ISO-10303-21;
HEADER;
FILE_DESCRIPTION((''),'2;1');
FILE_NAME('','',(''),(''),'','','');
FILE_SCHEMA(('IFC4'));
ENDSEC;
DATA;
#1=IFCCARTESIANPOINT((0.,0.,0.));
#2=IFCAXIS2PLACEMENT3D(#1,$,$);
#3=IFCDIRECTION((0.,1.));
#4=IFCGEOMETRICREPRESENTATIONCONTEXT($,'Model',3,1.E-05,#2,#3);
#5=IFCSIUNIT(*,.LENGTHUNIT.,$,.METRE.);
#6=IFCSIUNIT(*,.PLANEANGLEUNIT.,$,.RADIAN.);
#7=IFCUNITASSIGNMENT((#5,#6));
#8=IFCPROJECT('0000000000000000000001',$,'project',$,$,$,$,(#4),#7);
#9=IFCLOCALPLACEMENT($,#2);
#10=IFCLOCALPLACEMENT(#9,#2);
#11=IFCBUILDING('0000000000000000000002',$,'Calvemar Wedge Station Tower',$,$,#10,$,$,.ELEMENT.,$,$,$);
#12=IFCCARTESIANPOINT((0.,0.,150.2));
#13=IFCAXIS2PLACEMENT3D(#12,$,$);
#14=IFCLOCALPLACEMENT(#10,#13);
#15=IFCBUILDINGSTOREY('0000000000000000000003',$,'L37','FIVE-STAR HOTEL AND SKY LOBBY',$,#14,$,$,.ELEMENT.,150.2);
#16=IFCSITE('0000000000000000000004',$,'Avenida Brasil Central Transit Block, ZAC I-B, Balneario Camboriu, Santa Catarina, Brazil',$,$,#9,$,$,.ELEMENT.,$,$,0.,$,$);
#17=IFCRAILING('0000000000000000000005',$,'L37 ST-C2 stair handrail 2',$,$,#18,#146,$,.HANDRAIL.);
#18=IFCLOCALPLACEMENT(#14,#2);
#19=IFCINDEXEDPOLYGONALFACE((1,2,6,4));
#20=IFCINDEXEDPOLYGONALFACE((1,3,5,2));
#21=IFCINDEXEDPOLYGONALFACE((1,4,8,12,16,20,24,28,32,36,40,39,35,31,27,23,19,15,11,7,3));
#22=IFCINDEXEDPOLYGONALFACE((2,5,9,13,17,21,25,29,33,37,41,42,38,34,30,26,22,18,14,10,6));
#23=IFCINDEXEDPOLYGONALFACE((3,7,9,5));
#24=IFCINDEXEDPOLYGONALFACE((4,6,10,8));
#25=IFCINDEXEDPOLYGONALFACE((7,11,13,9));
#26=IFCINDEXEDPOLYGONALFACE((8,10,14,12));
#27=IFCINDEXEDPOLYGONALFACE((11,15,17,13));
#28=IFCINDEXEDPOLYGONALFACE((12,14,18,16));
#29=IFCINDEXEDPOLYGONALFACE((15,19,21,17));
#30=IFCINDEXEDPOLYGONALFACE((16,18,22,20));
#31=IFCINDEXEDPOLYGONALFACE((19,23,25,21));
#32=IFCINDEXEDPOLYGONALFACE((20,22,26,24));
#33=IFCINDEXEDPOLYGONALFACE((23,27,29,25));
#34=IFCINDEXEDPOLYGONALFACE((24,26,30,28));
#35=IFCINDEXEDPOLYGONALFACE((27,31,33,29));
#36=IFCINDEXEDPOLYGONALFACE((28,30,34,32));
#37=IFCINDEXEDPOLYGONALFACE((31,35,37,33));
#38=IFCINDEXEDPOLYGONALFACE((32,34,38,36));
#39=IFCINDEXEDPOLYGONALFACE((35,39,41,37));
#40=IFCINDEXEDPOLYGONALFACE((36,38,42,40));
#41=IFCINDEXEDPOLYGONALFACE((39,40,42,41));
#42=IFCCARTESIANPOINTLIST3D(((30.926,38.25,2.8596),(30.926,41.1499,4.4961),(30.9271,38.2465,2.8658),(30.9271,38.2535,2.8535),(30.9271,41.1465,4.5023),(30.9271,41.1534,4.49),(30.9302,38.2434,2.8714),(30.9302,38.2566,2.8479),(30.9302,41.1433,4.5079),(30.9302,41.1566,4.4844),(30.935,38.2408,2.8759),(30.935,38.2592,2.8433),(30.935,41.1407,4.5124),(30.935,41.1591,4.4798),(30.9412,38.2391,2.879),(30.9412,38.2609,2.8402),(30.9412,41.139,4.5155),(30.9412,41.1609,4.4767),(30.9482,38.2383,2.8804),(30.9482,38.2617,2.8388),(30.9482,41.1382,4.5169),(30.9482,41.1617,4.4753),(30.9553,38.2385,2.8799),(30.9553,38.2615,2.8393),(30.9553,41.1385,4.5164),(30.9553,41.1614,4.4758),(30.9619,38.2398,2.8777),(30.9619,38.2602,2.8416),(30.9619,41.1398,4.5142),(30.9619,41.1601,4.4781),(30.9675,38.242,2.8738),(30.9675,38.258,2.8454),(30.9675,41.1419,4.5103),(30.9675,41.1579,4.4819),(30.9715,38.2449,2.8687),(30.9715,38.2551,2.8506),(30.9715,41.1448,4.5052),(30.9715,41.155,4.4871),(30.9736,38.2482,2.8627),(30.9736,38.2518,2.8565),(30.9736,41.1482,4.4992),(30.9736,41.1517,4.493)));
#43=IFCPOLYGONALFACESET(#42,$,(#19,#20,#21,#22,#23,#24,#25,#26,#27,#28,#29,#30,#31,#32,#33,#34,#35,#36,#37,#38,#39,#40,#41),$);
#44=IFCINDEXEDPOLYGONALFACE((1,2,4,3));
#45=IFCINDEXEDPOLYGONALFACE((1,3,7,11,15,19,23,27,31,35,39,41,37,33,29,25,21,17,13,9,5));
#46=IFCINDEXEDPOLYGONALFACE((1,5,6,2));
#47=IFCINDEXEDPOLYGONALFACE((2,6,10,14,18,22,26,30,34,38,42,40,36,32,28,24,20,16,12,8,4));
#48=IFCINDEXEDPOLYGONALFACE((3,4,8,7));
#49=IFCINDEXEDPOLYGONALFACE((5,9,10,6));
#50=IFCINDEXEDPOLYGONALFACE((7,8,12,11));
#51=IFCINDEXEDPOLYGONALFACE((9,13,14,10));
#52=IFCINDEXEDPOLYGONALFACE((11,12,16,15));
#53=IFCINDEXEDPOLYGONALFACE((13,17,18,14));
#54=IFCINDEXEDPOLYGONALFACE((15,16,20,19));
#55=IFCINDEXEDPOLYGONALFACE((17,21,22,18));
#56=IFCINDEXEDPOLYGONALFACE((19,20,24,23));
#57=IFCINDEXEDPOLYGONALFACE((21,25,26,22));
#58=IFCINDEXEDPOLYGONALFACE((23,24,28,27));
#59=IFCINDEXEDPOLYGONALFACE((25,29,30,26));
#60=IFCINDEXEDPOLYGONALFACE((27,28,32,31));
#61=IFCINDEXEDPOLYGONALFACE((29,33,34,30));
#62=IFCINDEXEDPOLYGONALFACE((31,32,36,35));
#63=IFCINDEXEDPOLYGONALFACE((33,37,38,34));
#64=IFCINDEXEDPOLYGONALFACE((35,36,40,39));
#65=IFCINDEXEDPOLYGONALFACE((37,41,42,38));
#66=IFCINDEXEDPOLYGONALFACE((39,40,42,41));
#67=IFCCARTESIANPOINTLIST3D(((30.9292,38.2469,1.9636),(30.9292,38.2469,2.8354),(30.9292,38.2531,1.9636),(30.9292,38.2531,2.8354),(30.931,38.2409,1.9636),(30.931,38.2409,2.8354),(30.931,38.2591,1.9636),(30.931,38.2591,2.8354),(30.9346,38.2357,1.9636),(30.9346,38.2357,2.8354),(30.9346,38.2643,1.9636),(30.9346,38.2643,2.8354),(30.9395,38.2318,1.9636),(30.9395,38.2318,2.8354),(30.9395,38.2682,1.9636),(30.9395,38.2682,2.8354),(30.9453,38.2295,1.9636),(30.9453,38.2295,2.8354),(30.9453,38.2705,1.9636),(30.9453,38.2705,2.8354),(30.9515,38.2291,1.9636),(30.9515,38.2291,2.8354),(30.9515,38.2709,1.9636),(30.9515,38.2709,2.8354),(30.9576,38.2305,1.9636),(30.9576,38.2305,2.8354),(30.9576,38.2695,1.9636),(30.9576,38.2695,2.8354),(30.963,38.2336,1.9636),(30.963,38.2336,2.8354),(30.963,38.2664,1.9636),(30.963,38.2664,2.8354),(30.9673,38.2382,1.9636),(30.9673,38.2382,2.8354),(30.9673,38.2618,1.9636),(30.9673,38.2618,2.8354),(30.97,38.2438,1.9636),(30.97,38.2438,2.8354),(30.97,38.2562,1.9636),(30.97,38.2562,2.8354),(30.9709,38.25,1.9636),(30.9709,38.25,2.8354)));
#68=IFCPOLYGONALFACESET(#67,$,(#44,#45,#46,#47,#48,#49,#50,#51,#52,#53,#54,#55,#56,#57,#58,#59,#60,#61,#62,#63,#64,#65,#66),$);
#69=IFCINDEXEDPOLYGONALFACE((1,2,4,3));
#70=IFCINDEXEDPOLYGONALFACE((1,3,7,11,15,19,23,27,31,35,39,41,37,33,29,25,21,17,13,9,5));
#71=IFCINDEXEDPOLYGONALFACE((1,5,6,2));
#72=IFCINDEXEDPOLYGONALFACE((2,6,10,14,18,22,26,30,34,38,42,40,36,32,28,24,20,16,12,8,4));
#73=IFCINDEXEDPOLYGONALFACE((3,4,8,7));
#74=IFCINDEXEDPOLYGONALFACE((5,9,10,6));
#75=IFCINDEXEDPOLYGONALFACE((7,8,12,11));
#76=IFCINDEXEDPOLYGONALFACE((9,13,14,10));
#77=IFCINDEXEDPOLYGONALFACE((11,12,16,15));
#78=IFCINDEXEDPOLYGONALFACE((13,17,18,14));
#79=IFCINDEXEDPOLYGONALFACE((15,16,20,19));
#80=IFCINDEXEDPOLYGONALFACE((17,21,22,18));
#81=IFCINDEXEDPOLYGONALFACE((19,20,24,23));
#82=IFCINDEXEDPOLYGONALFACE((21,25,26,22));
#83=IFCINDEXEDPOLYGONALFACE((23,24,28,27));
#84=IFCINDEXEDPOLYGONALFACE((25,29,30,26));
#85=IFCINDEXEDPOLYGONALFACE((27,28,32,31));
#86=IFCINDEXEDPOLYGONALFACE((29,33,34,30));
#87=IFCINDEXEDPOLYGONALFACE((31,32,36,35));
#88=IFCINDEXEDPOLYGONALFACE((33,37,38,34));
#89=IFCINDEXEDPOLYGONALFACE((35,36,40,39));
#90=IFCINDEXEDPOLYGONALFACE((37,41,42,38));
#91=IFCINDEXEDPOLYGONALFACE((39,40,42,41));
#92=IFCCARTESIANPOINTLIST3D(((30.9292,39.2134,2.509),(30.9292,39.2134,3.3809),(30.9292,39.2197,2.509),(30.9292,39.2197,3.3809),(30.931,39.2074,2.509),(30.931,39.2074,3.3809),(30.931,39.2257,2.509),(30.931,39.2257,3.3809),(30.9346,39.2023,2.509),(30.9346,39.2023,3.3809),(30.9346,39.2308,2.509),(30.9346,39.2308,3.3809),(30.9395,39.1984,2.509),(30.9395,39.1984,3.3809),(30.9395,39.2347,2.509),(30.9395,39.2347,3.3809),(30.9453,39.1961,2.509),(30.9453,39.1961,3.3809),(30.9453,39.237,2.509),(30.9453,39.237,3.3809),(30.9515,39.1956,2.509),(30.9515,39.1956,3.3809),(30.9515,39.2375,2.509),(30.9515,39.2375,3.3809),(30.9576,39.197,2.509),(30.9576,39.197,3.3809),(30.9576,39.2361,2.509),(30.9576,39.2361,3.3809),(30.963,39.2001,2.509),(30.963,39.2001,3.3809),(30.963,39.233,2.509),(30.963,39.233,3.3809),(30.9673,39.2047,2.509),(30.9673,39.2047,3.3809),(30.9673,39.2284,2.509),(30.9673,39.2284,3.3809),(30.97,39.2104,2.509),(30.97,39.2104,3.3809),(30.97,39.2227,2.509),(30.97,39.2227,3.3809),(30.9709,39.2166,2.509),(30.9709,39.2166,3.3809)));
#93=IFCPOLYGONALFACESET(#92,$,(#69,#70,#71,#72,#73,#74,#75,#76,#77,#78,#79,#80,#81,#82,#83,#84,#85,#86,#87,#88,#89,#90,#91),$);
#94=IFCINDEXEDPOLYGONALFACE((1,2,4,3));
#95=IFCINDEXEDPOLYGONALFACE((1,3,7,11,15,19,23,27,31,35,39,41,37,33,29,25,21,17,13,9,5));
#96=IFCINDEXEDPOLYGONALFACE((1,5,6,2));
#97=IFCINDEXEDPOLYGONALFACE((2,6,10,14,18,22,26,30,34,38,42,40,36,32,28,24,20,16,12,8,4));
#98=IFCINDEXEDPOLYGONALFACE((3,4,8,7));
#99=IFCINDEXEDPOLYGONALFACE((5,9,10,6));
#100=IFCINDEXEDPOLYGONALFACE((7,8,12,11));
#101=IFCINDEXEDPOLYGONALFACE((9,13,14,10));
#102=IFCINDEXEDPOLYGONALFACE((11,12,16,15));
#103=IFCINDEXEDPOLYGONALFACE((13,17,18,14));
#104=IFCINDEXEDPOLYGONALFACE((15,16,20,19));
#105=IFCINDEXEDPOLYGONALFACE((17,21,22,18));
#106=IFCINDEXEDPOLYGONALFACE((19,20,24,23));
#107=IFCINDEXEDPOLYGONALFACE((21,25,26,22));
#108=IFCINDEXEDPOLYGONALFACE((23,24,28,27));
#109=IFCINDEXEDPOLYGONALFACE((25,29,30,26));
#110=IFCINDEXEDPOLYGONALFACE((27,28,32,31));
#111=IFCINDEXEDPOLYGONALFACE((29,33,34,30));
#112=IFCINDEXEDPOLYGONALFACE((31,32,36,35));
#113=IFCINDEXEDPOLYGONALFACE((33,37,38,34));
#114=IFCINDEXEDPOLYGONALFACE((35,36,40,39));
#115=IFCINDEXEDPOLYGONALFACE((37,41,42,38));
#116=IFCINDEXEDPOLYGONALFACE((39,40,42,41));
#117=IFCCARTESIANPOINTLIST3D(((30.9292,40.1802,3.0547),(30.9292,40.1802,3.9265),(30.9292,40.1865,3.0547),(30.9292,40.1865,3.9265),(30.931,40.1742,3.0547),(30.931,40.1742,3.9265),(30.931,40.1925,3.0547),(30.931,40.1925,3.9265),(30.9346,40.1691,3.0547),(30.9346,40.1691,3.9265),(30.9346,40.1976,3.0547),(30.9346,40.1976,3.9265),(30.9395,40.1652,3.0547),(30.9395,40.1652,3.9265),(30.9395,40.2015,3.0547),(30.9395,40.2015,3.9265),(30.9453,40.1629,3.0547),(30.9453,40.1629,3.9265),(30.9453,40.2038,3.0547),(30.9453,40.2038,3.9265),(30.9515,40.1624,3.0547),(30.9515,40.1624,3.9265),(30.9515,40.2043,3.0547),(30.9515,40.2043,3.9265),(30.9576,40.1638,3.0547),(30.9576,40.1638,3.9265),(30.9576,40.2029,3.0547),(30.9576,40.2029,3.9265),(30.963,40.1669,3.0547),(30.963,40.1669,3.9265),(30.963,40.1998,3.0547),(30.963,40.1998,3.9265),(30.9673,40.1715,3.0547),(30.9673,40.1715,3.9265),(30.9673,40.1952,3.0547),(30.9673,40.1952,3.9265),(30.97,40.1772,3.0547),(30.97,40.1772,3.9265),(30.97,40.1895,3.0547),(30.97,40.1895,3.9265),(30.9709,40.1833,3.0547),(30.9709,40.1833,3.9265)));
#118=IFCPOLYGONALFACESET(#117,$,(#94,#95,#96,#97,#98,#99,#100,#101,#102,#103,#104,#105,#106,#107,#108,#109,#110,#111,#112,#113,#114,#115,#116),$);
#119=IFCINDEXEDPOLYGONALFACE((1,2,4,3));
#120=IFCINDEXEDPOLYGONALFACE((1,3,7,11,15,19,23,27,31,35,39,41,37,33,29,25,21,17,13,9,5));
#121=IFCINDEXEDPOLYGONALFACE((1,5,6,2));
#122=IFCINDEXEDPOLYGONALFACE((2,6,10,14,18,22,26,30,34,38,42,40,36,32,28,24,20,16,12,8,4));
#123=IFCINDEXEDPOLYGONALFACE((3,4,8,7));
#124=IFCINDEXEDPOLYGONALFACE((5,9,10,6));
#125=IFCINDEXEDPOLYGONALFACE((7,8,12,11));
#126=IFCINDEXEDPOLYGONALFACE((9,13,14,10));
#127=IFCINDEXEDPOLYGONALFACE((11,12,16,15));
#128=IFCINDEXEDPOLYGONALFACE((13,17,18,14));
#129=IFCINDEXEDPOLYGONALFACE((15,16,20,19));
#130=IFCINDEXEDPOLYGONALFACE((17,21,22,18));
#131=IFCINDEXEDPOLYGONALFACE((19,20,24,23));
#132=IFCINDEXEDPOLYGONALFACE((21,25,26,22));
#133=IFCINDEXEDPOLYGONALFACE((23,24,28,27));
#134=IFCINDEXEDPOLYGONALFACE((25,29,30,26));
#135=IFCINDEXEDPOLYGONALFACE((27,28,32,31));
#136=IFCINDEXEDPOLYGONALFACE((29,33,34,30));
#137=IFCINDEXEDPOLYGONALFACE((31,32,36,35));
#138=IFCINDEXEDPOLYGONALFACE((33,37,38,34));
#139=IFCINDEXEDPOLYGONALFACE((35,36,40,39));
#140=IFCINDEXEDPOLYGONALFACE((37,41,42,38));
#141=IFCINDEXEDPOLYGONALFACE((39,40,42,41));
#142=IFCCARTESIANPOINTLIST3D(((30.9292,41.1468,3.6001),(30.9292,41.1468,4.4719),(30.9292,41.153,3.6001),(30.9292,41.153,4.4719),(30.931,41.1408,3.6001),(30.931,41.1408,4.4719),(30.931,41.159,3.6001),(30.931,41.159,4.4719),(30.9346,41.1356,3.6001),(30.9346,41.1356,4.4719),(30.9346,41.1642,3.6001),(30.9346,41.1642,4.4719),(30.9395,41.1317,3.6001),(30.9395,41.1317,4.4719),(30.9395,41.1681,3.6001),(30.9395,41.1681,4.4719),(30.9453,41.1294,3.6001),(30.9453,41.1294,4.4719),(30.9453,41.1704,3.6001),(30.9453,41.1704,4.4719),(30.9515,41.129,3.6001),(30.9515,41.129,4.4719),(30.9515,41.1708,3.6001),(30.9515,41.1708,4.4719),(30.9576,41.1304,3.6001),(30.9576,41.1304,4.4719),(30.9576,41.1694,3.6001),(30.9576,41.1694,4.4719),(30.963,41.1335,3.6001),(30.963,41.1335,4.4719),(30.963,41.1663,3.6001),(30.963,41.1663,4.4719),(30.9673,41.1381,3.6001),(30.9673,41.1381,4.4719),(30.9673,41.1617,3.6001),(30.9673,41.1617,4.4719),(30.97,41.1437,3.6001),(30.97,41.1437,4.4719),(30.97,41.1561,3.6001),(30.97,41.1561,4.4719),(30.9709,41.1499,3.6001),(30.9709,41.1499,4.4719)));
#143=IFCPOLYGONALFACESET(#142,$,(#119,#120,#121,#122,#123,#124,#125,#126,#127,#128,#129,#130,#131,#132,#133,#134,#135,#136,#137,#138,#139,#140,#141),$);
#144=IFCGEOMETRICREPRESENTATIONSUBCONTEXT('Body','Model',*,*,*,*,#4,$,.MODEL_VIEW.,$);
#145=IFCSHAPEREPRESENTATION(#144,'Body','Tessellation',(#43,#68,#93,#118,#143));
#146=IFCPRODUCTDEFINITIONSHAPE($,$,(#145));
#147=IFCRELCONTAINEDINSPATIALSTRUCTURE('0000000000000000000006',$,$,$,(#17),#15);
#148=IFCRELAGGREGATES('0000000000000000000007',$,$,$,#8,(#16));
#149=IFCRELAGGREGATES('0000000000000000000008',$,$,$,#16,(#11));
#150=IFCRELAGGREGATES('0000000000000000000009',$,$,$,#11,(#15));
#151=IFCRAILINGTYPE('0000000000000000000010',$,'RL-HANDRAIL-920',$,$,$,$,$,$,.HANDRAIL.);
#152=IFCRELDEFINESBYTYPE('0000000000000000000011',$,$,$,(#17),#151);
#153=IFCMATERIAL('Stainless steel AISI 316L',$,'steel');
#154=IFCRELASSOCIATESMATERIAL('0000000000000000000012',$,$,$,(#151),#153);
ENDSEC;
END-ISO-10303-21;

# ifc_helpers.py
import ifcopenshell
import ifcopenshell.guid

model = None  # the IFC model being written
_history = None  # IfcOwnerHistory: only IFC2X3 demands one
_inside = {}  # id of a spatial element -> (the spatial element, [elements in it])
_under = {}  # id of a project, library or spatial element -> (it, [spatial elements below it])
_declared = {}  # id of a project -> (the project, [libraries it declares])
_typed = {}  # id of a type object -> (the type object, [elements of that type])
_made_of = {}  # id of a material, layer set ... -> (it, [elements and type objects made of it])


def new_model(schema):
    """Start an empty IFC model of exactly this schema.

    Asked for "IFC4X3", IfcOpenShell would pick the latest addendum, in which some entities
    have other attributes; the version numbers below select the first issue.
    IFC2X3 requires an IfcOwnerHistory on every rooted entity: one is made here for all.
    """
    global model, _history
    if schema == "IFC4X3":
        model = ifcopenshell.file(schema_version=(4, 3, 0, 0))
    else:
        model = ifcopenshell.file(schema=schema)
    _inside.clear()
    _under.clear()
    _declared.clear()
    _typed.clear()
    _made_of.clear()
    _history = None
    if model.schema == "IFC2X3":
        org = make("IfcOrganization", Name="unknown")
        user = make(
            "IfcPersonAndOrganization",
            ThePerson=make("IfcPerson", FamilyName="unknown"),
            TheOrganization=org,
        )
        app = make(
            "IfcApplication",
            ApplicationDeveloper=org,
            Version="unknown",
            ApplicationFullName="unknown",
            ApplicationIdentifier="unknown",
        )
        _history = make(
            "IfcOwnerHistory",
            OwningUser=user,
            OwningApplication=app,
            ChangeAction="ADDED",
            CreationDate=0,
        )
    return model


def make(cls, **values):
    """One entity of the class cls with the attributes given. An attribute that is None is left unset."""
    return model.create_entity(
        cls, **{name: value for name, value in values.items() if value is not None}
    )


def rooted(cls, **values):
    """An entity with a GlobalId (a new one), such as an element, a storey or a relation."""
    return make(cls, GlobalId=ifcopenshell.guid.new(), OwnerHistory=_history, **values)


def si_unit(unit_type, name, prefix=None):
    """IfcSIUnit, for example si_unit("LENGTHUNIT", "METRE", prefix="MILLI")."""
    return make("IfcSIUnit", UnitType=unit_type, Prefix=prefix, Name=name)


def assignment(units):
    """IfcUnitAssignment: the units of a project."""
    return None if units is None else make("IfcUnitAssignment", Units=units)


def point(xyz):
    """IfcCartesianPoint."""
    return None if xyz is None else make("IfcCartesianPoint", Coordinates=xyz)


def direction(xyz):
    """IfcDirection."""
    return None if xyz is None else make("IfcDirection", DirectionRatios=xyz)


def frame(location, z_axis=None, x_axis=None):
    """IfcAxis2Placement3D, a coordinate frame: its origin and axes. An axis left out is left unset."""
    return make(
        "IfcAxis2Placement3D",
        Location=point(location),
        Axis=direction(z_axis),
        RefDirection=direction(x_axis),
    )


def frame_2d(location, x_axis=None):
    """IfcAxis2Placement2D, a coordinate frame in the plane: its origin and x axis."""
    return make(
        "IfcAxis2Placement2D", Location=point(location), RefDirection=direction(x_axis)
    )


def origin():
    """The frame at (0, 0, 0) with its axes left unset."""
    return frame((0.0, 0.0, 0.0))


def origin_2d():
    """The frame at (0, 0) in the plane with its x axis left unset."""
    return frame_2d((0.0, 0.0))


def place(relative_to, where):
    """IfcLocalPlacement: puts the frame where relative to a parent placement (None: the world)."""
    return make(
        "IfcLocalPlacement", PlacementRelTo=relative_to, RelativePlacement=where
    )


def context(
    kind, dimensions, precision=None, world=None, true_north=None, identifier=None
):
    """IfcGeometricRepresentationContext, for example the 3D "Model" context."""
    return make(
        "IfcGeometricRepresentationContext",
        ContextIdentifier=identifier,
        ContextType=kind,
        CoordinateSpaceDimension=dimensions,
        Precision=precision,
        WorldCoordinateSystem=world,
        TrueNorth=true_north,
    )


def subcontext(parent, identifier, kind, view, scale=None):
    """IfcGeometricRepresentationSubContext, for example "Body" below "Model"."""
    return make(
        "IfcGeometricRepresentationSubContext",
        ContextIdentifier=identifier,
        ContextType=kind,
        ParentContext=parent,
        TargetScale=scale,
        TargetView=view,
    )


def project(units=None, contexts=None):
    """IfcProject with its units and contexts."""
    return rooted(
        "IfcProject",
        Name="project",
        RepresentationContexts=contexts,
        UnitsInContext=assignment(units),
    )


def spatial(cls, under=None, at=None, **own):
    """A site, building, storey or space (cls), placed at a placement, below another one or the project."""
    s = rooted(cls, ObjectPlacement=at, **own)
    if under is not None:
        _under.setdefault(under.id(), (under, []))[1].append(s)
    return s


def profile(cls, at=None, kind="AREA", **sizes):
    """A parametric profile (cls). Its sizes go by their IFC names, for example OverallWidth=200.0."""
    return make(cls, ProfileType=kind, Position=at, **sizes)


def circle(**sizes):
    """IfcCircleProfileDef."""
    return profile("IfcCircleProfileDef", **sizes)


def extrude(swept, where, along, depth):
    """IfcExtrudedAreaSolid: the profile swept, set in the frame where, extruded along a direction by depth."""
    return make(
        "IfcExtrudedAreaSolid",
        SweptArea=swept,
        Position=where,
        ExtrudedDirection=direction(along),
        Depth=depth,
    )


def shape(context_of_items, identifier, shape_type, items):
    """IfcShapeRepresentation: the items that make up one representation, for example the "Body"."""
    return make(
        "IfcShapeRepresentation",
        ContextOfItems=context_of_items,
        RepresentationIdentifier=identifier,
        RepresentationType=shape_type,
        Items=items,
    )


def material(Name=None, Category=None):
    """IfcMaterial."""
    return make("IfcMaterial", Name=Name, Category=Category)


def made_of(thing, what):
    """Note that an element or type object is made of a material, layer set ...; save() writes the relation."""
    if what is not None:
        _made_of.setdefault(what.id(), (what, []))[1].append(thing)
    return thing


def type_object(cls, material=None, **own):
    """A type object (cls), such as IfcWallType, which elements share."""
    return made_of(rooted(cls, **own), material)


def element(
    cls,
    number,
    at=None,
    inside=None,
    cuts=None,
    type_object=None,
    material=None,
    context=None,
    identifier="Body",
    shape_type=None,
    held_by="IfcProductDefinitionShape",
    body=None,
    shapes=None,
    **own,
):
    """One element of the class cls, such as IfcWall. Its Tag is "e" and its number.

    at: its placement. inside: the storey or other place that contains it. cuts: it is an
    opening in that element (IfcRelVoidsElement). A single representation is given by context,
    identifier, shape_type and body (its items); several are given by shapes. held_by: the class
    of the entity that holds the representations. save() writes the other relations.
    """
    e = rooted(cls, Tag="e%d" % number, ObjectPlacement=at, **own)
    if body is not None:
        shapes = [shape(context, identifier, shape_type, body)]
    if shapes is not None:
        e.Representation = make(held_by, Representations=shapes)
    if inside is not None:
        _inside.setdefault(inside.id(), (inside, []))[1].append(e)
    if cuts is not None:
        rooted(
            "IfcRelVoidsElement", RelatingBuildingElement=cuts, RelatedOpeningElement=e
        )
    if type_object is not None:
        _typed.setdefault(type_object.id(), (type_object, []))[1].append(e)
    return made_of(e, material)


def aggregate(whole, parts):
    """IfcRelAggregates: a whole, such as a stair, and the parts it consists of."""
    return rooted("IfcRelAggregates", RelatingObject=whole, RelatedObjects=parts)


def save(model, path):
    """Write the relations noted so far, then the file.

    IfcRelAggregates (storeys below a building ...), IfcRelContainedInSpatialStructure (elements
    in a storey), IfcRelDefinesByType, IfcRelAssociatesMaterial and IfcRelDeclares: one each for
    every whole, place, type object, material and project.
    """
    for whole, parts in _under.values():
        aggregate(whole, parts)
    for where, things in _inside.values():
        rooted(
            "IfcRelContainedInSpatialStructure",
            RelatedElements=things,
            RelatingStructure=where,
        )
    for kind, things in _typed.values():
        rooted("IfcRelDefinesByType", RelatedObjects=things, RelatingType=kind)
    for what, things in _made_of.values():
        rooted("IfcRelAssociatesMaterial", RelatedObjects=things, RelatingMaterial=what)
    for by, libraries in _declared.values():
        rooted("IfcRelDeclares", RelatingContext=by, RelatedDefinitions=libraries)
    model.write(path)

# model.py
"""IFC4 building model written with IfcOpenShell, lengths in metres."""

from ifc_helpers import new_model, si_unit, direction, frame, origin, origin_2d, place, context, subcontext, project, spatial, circle, extrude, material, type_object, element, save


model = new_model("IFC4")

# Units and contexts
model_context = context("Model", 3, precision=1e-05, world=origin(), true_north=direction((0.0, 1.0)))
body_context = subcontext(model_context, "Body", "Model", "MODEL_VIEW")
ifc_project = project(units=[si_unit("LENGTHUNIT", "METRE"), si_unit("PLANEANGLEUNIT", "RADIAN")], contexts=[model_context])

# Site, building, storey
site_placement = place(None, origin())
site = spatial("IfcSite", under=ifc_project, at=site_placement, Name="Avenida Brasil Central Transit Block, ZAC I-B, Balneario Camboriu, Santa Catarina, Brazil", CompositionType="ELEMENT", RefElevation=0.0)
building_placement = place(site_placement, origin())
building = spatial("IfcBuilding", under=site, at=building_placement, Name="Calvemar Wedge Station Tower", CompositionType="ELEMENT")
storey_placement = place(building_placement, frame((0.0, 0.0, 150.2)))
storey = spatial("IfcBuildingStorey", under=building, at=storey_placement, Name="L37", Description="FIVE-STAR HOTEL AND SKY LOBBY", CompositionType="ELEMENT", Elevation=150.2)

# Railing
ifc_material_1 = material(Name="Stainless steel AISI 316L", Category="steel")
railing_type_1 = type_object("IfcRailingType", Name="RL-HANDRAIL-920", PredefinedType="HANDRAIL", material=ifc_material_1)
railing_1_placement = place(storey_placement, frame((30.95, 38.25, 1.9636)))
element("IfcRailing", 1, at=railing_1_placement, inside=storey, type_object=railing_type_1, Name="L37 ST-C2 stair handrail 2", PredefinedType="HANDRAIL", context=body_context, shape_type="SweptSolid", body=[
    extrude(circle(Radius=0.0239, at=origin_2d()), frame((0.0, 0.0, 0.896), z_axis=(0.0, 0.870897, 0.491465), x_axis=(-1.0, 0.0, 0.0)), (0.0, 0.0, 1.0), 3.3298),
    extrude(circle(Radius=0.021, at=origin_2d()), origin(), (0.0, 0.0, 1.0), 0.8718),
    extrude(circle(Radius=0.021, at=origin_2d()), frame((0.0, 0.9666, 0.5454)), (0.0, 0.0, 1.0), 0.8718),
    extrude(circle(Radius=0.021, at=origin_2d()), frame((0.0, 1.9333, 1.0911)), (0.0, 0.0, 1.0), 0.8718),
    extrude(circle(Radius=0.021, at=origin_2d()), frame((0.0, 2.8999, 1.6365)), (0.0, 0.0, 1.0), 0.8718),
])

save(model, "model.ifc")
